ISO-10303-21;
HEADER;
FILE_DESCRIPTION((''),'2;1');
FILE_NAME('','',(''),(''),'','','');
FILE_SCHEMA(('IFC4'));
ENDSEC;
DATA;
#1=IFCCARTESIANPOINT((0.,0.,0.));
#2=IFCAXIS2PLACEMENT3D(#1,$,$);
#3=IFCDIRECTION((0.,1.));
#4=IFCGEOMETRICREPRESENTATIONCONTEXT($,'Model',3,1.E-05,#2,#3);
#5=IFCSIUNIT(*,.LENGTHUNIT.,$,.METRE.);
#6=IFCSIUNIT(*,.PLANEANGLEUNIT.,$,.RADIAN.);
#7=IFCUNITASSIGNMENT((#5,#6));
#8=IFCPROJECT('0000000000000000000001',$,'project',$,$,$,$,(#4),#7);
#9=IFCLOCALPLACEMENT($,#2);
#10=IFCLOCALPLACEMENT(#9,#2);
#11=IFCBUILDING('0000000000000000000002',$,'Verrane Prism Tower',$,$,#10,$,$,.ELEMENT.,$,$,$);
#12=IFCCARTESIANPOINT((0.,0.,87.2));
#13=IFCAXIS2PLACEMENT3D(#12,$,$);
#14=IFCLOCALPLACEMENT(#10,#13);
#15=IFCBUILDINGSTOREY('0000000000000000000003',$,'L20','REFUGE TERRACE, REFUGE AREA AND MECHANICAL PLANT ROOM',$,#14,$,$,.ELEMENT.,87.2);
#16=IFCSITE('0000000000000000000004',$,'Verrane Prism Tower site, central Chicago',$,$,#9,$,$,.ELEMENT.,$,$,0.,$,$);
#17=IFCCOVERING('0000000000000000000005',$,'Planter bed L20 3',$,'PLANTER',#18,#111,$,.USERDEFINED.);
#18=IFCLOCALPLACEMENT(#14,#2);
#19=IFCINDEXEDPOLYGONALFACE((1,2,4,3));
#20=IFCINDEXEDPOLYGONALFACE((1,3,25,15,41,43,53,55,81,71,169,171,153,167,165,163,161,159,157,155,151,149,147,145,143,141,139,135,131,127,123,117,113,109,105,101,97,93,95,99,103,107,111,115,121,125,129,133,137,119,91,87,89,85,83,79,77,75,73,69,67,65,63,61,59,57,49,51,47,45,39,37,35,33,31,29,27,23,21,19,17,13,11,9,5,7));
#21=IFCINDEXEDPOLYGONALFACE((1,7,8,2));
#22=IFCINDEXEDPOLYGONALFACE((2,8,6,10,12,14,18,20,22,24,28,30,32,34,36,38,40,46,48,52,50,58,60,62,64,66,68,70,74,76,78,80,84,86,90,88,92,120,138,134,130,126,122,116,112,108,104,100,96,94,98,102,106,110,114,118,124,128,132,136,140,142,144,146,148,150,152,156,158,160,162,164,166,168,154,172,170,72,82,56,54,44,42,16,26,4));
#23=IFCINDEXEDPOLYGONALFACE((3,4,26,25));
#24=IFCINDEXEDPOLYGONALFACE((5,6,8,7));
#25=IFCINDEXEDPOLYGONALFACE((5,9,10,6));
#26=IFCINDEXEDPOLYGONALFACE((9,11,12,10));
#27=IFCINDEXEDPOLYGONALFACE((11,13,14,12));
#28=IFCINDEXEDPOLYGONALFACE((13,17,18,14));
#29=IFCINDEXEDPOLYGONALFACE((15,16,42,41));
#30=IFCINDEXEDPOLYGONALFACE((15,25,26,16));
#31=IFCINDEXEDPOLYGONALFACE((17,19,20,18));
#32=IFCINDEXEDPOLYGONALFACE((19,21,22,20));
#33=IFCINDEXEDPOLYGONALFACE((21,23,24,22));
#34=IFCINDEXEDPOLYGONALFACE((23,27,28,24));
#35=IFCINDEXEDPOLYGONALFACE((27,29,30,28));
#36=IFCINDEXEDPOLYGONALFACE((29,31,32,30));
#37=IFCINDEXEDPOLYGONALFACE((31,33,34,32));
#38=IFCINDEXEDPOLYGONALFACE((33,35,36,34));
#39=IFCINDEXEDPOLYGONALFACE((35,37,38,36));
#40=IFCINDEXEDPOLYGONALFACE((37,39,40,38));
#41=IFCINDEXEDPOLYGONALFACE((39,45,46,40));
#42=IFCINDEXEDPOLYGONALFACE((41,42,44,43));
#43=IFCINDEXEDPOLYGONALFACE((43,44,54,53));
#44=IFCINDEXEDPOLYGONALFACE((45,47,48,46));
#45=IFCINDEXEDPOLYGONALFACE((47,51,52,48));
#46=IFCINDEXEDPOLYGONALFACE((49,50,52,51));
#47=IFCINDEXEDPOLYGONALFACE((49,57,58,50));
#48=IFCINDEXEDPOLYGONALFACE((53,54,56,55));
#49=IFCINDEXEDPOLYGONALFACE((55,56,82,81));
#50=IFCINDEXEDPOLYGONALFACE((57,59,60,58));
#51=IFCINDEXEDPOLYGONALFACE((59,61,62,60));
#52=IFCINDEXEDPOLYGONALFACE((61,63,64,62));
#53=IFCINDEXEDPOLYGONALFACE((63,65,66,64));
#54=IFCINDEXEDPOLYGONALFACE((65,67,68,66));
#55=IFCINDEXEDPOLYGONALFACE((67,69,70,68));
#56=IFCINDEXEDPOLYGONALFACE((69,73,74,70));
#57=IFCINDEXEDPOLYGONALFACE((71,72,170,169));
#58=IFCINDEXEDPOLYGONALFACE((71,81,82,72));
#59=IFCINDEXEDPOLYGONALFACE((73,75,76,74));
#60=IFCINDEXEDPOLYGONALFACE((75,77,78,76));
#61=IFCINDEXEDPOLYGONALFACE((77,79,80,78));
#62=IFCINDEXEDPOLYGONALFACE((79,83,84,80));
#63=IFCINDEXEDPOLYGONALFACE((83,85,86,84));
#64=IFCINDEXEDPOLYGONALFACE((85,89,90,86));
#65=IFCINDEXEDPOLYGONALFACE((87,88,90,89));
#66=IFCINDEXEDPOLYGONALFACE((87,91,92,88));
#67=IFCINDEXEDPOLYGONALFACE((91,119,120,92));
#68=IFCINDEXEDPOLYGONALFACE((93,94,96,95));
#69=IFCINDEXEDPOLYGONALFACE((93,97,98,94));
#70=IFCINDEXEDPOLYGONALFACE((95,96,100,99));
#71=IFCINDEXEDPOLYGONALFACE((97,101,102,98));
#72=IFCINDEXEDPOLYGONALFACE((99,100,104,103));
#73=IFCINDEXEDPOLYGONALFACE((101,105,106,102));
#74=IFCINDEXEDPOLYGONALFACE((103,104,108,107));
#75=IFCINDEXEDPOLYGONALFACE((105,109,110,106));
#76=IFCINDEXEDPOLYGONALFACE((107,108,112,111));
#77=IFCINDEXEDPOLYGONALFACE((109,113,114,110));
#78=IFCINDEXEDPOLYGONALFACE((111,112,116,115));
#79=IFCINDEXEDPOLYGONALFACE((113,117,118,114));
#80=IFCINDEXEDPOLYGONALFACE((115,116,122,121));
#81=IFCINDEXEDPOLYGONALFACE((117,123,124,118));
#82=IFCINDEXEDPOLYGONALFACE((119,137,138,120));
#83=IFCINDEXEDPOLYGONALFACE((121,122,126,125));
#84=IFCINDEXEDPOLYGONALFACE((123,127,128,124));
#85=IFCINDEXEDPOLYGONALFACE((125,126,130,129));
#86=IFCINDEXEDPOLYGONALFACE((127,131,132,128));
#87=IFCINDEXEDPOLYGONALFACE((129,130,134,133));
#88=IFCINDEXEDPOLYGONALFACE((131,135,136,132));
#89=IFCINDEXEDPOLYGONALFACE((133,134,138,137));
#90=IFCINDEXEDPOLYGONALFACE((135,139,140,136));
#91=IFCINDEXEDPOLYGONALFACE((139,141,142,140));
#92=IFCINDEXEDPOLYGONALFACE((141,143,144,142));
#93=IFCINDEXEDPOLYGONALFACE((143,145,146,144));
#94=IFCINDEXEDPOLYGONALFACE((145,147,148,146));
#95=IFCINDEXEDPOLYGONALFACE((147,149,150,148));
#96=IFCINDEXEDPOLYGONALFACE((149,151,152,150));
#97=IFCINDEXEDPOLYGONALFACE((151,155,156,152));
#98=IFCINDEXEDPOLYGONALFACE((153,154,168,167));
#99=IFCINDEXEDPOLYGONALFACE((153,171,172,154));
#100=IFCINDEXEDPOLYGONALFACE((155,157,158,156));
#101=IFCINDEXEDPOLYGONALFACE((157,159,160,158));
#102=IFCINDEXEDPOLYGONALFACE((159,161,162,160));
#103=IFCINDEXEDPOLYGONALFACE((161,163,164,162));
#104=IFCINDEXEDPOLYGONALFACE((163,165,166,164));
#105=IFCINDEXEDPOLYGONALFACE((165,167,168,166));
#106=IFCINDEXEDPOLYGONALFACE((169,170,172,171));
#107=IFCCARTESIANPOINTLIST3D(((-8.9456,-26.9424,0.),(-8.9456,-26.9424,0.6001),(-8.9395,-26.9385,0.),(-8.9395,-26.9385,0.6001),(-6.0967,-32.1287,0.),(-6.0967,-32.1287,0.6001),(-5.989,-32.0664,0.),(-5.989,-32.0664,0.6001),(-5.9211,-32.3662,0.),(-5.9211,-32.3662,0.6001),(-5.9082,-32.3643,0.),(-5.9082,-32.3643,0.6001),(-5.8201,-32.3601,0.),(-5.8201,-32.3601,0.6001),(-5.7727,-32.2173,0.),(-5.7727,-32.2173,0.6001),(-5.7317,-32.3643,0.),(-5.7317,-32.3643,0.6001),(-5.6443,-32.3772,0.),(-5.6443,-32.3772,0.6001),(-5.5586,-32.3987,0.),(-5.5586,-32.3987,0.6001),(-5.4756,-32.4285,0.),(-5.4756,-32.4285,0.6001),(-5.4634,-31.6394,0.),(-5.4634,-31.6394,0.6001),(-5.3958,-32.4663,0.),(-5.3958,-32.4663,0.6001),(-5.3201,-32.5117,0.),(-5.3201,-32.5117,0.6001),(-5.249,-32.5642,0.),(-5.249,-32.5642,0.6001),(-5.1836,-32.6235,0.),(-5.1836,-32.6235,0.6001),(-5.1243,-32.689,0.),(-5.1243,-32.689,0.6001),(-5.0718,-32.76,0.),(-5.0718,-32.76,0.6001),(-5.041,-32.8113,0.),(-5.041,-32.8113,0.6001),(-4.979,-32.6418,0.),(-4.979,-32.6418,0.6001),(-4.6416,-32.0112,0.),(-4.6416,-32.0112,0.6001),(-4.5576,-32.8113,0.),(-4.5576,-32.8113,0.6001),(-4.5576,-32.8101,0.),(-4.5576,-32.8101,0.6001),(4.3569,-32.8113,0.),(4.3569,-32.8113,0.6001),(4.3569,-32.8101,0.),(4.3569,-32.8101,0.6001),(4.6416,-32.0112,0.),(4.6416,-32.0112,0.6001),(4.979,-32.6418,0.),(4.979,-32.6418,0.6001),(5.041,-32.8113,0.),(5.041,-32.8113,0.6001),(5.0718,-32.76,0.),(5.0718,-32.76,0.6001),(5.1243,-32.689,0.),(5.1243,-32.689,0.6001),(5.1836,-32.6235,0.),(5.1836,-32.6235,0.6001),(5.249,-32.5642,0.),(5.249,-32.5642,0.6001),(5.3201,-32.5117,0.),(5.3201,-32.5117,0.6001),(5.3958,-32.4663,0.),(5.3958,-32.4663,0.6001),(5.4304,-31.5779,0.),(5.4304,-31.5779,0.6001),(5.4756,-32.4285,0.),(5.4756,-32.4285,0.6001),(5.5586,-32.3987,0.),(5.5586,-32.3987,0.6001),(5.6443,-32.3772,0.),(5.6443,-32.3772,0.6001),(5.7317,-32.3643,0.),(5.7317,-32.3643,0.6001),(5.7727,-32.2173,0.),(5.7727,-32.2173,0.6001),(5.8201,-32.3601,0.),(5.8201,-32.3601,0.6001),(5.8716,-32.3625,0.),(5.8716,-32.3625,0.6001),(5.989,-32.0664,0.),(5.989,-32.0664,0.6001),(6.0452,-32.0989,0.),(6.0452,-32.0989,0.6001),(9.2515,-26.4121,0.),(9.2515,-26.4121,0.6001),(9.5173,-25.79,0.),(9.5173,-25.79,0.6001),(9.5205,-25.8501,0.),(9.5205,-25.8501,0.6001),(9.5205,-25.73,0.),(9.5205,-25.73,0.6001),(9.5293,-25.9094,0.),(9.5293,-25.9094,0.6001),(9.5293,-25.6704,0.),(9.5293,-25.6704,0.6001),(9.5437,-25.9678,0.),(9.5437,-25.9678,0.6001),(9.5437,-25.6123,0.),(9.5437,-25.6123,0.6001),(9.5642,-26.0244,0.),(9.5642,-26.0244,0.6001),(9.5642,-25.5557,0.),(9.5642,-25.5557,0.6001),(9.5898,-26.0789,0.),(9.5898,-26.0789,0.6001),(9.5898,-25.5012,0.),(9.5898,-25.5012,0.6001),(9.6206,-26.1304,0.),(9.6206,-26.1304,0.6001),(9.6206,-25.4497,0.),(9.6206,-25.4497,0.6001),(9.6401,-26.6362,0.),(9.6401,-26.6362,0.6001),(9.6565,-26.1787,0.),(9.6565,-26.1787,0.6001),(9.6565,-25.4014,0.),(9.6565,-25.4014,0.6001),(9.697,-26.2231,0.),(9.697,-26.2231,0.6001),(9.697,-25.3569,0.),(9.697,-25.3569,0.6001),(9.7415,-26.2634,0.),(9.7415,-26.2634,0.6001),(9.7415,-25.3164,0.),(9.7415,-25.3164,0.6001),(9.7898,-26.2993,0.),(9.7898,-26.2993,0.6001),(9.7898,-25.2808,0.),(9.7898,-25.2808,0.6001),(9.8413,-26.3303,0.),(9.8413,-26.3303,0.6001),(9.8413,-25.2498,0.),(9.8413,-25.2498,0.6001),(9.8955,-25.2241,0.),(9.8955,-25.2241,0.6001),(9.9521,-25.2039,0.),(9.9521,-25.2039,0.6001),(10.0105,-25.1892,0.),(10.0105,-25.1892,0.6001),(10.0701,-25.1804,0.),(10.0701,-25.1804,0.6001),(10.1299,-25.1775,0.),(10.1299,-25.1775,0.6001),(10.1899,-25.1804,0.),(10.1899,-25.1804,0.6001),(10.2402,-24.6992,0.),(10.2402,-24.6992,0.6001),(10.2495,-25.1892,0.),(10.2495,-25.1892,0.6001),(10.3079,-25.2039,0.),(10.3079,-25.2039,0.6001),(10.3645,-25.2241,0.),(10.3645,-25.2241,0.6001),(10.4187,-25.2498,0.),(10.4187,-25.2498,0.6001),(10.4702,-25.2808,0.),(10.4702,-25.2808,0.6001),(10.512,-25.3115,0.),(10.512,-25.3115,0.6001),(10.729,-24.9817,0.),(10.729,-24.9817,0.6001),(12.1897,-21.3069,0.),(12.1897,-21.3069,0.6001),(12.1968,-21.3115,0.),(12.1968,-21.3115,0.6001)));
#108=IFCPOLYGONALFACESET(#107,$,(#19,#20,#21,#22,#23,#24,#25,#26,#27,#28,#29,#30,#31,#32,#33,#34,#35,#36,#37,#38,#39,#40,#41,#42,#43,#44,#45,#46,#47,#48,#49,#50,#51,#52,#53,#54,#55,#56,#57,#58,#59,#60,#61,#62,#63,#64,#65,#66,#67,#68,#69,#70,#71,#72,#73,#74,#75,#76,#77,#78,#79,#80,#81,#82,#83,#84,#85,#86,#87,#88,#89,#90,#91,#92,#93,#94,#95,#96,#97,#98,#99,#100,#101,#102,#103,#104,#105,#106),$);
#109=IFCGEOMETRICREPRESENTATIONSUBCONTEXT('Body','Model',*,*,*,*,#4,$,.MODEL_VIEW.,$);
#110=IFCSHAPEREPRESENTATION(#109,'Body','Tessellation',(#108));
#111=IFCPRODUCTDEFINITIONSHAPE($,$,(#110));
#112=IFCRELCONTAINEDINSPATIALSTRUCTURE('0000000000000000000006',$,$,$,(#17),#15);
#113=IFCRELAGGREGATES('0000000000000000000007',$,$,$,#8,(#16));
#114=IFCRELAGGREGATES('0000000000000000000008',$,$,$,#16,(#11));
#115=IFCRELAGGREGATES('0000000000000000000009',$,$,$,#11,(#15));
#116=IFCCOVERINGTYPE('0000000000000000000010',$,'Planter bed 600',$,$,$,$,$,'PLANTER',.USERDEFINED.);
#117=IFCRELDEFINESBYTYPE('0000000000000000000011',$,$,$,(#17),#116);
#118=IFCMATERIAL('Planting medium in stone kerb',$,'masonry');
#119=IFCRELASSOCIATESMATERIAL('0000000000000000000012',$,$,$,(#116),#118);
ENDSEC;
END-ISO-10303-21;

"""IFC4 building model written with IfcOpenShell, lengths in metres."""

from ifc_helpers import new_model, si_unit, direction, frame, origin, place, context, subcontext, project, spatial, polyline, outline, extrude, material, type_object, element, save


model = new_model("IFC4")

# Units and contexts
model_context = context("Model", 3, precision=1e-05, world=origin(), true_north=direction((0.0, 1.0)))
body_context = subcontext(model_context, "Body", "Model", "MODEL_VIEW")
ifc_project = project(units=[si_unit("LENGTHUNIT", "METRE"), si_unit("PLANEANGLEUNIT", "RADIAN")], contexts=[model_context])

# Site, building, storey
site_placement = place(None, origin())
site = spatial("IfcSite", under=ifc_project, at=site_placement, Name="Verrane Prism Tower site, central Chicago", CompositionType="ELEMENT", RefElevation=0.0)
building_placement = place(site_placement, origin())
building = spatial("IfcBuilding", under=site, at=building_placement, Name="Verrane Prism Tower", CompositionType="ELEMENT")
storey_placement = place(building_placement, frame((0.0, 0.0, 87.2)))
storey = spatial("IfcBuildingStorey", under=building, at=storey_placement, Name="L20", Description="REFUGE TERRACE, REFUGE AREA AND MECHANICAL PLANT ROOM", CompositionType="ELEMENT", Elevation=87.2)

# Covering
ifc_material_1 = material(Name="Planting medium in stone kerb", Category="masonry")
covering_type_1 = type_object("IfcCoveringType", Name="Planter bed 600", ElementType="PLANTER", PredefinedType="USERDEFINED", material=ifc_material_1)
covering_1_placement = place(storey_placement, origin())
element("IfcCovering", 1, at=covering_1_placement, inside=storey, type_object=covering_type_1, Name="Planter bed L20 3", ObjectType="PLANTER", PredefinedType="USERDEFINED", context=body_context, shape_type="SweptSolid", body=[
    extrude(outline(polyline([(-4.5576, -32.8101), (4.3569, -32.8101), (4.3569, -32.8113), (5.041, -32.8113), (5.0718, -32.76), (5.1243, -32.689), (5.1836, -32.6235), (5.249, -32.5642), (5.3201, -32.5117), (5.3958, -32.4663), (5.4756, -32.4285), (5.5586, -32.3987), (5.6443, -32.3772), (5.7317, -32.3643), (5.8201, -32.3601), (5.8716, -32.3625), (6.0452, -32.0989), (5.989, -32.0664), (9.2515, -26.4121), (9.6401, -26.6362), (9.8413, -26.3303), (9.7898, -26.2993), (9.7415, -26.2634), (9.697, -26.2231), (9.6565, -26.1787), (9.6206, -26.1304), (9.5898, -26.0789), (9.5642, -26.0244), (9.5437, -25.9678), (9.5293, -25.9094), (9.5205, -25.8501), (9.5173, -25.79), (9.5205, -25.73), (9.5293, -25.6704), (9.5437, -25.6123), (9.5642, -25.5557), (9.5898, -25.5012), (9.6206, -25.4497), (9.6565, -25.4014), (9.697, -25.3569), (9.7415, -25.3164), (9.7898, -25.2808), (9.8413, -25.2498), (9.8955, -25.2241), (9.9521, -25.2039), (10.0105, -25.1892), (10.0701, -25.1804), (10.1299, -25.1775), (10.1899, -25.1804), (10.2495, -25.1892), (10.3079, -25.2039), (10.3645, -25.2241), (10.4187, -25.2498), (10.4702, -25.2808), (10.512, -25.3115), (10.729, -24.9817), (10.2402, -24.6992), (12.1968, -21.3115), (12.1897, -21.3069), (5.4304, -31.5779), (5.7727, -32.2173), (4.979, -32.6418), (4.6416, -32.0112), (-4.6416, -32.0112), (-4.979, -32.6418), (-5.7727, -32.2173), (-5.4634, -31.6394), (-8.9395, -26.9385), (-8.9456, -26.9424), (-5.989, -32.0664), (-6.0967, -32.1287), (-5.9211, -32.3662), (-5.9082, -32.3643), (-5.8201, -32.3601), (-5.7317, -32.3643), (-5.6443, -32.3772), (-5.5586, -32.3987), (-5.4756, -32.4285), (-5.3958, -32.4663), (-5.3201, -32.5117), (-5.249, -32.5642), (-5.1836, -32.6235), (-5.1243, -32.689), (-5.0718, -32.76), (-5.041, -32.8113), (-4.5576, -32.8113), (-4.5576, -32.8101)])), origin(), (0.0, 0.0, 1.0), 0.6001),
])

save(model, "model.ifc")
